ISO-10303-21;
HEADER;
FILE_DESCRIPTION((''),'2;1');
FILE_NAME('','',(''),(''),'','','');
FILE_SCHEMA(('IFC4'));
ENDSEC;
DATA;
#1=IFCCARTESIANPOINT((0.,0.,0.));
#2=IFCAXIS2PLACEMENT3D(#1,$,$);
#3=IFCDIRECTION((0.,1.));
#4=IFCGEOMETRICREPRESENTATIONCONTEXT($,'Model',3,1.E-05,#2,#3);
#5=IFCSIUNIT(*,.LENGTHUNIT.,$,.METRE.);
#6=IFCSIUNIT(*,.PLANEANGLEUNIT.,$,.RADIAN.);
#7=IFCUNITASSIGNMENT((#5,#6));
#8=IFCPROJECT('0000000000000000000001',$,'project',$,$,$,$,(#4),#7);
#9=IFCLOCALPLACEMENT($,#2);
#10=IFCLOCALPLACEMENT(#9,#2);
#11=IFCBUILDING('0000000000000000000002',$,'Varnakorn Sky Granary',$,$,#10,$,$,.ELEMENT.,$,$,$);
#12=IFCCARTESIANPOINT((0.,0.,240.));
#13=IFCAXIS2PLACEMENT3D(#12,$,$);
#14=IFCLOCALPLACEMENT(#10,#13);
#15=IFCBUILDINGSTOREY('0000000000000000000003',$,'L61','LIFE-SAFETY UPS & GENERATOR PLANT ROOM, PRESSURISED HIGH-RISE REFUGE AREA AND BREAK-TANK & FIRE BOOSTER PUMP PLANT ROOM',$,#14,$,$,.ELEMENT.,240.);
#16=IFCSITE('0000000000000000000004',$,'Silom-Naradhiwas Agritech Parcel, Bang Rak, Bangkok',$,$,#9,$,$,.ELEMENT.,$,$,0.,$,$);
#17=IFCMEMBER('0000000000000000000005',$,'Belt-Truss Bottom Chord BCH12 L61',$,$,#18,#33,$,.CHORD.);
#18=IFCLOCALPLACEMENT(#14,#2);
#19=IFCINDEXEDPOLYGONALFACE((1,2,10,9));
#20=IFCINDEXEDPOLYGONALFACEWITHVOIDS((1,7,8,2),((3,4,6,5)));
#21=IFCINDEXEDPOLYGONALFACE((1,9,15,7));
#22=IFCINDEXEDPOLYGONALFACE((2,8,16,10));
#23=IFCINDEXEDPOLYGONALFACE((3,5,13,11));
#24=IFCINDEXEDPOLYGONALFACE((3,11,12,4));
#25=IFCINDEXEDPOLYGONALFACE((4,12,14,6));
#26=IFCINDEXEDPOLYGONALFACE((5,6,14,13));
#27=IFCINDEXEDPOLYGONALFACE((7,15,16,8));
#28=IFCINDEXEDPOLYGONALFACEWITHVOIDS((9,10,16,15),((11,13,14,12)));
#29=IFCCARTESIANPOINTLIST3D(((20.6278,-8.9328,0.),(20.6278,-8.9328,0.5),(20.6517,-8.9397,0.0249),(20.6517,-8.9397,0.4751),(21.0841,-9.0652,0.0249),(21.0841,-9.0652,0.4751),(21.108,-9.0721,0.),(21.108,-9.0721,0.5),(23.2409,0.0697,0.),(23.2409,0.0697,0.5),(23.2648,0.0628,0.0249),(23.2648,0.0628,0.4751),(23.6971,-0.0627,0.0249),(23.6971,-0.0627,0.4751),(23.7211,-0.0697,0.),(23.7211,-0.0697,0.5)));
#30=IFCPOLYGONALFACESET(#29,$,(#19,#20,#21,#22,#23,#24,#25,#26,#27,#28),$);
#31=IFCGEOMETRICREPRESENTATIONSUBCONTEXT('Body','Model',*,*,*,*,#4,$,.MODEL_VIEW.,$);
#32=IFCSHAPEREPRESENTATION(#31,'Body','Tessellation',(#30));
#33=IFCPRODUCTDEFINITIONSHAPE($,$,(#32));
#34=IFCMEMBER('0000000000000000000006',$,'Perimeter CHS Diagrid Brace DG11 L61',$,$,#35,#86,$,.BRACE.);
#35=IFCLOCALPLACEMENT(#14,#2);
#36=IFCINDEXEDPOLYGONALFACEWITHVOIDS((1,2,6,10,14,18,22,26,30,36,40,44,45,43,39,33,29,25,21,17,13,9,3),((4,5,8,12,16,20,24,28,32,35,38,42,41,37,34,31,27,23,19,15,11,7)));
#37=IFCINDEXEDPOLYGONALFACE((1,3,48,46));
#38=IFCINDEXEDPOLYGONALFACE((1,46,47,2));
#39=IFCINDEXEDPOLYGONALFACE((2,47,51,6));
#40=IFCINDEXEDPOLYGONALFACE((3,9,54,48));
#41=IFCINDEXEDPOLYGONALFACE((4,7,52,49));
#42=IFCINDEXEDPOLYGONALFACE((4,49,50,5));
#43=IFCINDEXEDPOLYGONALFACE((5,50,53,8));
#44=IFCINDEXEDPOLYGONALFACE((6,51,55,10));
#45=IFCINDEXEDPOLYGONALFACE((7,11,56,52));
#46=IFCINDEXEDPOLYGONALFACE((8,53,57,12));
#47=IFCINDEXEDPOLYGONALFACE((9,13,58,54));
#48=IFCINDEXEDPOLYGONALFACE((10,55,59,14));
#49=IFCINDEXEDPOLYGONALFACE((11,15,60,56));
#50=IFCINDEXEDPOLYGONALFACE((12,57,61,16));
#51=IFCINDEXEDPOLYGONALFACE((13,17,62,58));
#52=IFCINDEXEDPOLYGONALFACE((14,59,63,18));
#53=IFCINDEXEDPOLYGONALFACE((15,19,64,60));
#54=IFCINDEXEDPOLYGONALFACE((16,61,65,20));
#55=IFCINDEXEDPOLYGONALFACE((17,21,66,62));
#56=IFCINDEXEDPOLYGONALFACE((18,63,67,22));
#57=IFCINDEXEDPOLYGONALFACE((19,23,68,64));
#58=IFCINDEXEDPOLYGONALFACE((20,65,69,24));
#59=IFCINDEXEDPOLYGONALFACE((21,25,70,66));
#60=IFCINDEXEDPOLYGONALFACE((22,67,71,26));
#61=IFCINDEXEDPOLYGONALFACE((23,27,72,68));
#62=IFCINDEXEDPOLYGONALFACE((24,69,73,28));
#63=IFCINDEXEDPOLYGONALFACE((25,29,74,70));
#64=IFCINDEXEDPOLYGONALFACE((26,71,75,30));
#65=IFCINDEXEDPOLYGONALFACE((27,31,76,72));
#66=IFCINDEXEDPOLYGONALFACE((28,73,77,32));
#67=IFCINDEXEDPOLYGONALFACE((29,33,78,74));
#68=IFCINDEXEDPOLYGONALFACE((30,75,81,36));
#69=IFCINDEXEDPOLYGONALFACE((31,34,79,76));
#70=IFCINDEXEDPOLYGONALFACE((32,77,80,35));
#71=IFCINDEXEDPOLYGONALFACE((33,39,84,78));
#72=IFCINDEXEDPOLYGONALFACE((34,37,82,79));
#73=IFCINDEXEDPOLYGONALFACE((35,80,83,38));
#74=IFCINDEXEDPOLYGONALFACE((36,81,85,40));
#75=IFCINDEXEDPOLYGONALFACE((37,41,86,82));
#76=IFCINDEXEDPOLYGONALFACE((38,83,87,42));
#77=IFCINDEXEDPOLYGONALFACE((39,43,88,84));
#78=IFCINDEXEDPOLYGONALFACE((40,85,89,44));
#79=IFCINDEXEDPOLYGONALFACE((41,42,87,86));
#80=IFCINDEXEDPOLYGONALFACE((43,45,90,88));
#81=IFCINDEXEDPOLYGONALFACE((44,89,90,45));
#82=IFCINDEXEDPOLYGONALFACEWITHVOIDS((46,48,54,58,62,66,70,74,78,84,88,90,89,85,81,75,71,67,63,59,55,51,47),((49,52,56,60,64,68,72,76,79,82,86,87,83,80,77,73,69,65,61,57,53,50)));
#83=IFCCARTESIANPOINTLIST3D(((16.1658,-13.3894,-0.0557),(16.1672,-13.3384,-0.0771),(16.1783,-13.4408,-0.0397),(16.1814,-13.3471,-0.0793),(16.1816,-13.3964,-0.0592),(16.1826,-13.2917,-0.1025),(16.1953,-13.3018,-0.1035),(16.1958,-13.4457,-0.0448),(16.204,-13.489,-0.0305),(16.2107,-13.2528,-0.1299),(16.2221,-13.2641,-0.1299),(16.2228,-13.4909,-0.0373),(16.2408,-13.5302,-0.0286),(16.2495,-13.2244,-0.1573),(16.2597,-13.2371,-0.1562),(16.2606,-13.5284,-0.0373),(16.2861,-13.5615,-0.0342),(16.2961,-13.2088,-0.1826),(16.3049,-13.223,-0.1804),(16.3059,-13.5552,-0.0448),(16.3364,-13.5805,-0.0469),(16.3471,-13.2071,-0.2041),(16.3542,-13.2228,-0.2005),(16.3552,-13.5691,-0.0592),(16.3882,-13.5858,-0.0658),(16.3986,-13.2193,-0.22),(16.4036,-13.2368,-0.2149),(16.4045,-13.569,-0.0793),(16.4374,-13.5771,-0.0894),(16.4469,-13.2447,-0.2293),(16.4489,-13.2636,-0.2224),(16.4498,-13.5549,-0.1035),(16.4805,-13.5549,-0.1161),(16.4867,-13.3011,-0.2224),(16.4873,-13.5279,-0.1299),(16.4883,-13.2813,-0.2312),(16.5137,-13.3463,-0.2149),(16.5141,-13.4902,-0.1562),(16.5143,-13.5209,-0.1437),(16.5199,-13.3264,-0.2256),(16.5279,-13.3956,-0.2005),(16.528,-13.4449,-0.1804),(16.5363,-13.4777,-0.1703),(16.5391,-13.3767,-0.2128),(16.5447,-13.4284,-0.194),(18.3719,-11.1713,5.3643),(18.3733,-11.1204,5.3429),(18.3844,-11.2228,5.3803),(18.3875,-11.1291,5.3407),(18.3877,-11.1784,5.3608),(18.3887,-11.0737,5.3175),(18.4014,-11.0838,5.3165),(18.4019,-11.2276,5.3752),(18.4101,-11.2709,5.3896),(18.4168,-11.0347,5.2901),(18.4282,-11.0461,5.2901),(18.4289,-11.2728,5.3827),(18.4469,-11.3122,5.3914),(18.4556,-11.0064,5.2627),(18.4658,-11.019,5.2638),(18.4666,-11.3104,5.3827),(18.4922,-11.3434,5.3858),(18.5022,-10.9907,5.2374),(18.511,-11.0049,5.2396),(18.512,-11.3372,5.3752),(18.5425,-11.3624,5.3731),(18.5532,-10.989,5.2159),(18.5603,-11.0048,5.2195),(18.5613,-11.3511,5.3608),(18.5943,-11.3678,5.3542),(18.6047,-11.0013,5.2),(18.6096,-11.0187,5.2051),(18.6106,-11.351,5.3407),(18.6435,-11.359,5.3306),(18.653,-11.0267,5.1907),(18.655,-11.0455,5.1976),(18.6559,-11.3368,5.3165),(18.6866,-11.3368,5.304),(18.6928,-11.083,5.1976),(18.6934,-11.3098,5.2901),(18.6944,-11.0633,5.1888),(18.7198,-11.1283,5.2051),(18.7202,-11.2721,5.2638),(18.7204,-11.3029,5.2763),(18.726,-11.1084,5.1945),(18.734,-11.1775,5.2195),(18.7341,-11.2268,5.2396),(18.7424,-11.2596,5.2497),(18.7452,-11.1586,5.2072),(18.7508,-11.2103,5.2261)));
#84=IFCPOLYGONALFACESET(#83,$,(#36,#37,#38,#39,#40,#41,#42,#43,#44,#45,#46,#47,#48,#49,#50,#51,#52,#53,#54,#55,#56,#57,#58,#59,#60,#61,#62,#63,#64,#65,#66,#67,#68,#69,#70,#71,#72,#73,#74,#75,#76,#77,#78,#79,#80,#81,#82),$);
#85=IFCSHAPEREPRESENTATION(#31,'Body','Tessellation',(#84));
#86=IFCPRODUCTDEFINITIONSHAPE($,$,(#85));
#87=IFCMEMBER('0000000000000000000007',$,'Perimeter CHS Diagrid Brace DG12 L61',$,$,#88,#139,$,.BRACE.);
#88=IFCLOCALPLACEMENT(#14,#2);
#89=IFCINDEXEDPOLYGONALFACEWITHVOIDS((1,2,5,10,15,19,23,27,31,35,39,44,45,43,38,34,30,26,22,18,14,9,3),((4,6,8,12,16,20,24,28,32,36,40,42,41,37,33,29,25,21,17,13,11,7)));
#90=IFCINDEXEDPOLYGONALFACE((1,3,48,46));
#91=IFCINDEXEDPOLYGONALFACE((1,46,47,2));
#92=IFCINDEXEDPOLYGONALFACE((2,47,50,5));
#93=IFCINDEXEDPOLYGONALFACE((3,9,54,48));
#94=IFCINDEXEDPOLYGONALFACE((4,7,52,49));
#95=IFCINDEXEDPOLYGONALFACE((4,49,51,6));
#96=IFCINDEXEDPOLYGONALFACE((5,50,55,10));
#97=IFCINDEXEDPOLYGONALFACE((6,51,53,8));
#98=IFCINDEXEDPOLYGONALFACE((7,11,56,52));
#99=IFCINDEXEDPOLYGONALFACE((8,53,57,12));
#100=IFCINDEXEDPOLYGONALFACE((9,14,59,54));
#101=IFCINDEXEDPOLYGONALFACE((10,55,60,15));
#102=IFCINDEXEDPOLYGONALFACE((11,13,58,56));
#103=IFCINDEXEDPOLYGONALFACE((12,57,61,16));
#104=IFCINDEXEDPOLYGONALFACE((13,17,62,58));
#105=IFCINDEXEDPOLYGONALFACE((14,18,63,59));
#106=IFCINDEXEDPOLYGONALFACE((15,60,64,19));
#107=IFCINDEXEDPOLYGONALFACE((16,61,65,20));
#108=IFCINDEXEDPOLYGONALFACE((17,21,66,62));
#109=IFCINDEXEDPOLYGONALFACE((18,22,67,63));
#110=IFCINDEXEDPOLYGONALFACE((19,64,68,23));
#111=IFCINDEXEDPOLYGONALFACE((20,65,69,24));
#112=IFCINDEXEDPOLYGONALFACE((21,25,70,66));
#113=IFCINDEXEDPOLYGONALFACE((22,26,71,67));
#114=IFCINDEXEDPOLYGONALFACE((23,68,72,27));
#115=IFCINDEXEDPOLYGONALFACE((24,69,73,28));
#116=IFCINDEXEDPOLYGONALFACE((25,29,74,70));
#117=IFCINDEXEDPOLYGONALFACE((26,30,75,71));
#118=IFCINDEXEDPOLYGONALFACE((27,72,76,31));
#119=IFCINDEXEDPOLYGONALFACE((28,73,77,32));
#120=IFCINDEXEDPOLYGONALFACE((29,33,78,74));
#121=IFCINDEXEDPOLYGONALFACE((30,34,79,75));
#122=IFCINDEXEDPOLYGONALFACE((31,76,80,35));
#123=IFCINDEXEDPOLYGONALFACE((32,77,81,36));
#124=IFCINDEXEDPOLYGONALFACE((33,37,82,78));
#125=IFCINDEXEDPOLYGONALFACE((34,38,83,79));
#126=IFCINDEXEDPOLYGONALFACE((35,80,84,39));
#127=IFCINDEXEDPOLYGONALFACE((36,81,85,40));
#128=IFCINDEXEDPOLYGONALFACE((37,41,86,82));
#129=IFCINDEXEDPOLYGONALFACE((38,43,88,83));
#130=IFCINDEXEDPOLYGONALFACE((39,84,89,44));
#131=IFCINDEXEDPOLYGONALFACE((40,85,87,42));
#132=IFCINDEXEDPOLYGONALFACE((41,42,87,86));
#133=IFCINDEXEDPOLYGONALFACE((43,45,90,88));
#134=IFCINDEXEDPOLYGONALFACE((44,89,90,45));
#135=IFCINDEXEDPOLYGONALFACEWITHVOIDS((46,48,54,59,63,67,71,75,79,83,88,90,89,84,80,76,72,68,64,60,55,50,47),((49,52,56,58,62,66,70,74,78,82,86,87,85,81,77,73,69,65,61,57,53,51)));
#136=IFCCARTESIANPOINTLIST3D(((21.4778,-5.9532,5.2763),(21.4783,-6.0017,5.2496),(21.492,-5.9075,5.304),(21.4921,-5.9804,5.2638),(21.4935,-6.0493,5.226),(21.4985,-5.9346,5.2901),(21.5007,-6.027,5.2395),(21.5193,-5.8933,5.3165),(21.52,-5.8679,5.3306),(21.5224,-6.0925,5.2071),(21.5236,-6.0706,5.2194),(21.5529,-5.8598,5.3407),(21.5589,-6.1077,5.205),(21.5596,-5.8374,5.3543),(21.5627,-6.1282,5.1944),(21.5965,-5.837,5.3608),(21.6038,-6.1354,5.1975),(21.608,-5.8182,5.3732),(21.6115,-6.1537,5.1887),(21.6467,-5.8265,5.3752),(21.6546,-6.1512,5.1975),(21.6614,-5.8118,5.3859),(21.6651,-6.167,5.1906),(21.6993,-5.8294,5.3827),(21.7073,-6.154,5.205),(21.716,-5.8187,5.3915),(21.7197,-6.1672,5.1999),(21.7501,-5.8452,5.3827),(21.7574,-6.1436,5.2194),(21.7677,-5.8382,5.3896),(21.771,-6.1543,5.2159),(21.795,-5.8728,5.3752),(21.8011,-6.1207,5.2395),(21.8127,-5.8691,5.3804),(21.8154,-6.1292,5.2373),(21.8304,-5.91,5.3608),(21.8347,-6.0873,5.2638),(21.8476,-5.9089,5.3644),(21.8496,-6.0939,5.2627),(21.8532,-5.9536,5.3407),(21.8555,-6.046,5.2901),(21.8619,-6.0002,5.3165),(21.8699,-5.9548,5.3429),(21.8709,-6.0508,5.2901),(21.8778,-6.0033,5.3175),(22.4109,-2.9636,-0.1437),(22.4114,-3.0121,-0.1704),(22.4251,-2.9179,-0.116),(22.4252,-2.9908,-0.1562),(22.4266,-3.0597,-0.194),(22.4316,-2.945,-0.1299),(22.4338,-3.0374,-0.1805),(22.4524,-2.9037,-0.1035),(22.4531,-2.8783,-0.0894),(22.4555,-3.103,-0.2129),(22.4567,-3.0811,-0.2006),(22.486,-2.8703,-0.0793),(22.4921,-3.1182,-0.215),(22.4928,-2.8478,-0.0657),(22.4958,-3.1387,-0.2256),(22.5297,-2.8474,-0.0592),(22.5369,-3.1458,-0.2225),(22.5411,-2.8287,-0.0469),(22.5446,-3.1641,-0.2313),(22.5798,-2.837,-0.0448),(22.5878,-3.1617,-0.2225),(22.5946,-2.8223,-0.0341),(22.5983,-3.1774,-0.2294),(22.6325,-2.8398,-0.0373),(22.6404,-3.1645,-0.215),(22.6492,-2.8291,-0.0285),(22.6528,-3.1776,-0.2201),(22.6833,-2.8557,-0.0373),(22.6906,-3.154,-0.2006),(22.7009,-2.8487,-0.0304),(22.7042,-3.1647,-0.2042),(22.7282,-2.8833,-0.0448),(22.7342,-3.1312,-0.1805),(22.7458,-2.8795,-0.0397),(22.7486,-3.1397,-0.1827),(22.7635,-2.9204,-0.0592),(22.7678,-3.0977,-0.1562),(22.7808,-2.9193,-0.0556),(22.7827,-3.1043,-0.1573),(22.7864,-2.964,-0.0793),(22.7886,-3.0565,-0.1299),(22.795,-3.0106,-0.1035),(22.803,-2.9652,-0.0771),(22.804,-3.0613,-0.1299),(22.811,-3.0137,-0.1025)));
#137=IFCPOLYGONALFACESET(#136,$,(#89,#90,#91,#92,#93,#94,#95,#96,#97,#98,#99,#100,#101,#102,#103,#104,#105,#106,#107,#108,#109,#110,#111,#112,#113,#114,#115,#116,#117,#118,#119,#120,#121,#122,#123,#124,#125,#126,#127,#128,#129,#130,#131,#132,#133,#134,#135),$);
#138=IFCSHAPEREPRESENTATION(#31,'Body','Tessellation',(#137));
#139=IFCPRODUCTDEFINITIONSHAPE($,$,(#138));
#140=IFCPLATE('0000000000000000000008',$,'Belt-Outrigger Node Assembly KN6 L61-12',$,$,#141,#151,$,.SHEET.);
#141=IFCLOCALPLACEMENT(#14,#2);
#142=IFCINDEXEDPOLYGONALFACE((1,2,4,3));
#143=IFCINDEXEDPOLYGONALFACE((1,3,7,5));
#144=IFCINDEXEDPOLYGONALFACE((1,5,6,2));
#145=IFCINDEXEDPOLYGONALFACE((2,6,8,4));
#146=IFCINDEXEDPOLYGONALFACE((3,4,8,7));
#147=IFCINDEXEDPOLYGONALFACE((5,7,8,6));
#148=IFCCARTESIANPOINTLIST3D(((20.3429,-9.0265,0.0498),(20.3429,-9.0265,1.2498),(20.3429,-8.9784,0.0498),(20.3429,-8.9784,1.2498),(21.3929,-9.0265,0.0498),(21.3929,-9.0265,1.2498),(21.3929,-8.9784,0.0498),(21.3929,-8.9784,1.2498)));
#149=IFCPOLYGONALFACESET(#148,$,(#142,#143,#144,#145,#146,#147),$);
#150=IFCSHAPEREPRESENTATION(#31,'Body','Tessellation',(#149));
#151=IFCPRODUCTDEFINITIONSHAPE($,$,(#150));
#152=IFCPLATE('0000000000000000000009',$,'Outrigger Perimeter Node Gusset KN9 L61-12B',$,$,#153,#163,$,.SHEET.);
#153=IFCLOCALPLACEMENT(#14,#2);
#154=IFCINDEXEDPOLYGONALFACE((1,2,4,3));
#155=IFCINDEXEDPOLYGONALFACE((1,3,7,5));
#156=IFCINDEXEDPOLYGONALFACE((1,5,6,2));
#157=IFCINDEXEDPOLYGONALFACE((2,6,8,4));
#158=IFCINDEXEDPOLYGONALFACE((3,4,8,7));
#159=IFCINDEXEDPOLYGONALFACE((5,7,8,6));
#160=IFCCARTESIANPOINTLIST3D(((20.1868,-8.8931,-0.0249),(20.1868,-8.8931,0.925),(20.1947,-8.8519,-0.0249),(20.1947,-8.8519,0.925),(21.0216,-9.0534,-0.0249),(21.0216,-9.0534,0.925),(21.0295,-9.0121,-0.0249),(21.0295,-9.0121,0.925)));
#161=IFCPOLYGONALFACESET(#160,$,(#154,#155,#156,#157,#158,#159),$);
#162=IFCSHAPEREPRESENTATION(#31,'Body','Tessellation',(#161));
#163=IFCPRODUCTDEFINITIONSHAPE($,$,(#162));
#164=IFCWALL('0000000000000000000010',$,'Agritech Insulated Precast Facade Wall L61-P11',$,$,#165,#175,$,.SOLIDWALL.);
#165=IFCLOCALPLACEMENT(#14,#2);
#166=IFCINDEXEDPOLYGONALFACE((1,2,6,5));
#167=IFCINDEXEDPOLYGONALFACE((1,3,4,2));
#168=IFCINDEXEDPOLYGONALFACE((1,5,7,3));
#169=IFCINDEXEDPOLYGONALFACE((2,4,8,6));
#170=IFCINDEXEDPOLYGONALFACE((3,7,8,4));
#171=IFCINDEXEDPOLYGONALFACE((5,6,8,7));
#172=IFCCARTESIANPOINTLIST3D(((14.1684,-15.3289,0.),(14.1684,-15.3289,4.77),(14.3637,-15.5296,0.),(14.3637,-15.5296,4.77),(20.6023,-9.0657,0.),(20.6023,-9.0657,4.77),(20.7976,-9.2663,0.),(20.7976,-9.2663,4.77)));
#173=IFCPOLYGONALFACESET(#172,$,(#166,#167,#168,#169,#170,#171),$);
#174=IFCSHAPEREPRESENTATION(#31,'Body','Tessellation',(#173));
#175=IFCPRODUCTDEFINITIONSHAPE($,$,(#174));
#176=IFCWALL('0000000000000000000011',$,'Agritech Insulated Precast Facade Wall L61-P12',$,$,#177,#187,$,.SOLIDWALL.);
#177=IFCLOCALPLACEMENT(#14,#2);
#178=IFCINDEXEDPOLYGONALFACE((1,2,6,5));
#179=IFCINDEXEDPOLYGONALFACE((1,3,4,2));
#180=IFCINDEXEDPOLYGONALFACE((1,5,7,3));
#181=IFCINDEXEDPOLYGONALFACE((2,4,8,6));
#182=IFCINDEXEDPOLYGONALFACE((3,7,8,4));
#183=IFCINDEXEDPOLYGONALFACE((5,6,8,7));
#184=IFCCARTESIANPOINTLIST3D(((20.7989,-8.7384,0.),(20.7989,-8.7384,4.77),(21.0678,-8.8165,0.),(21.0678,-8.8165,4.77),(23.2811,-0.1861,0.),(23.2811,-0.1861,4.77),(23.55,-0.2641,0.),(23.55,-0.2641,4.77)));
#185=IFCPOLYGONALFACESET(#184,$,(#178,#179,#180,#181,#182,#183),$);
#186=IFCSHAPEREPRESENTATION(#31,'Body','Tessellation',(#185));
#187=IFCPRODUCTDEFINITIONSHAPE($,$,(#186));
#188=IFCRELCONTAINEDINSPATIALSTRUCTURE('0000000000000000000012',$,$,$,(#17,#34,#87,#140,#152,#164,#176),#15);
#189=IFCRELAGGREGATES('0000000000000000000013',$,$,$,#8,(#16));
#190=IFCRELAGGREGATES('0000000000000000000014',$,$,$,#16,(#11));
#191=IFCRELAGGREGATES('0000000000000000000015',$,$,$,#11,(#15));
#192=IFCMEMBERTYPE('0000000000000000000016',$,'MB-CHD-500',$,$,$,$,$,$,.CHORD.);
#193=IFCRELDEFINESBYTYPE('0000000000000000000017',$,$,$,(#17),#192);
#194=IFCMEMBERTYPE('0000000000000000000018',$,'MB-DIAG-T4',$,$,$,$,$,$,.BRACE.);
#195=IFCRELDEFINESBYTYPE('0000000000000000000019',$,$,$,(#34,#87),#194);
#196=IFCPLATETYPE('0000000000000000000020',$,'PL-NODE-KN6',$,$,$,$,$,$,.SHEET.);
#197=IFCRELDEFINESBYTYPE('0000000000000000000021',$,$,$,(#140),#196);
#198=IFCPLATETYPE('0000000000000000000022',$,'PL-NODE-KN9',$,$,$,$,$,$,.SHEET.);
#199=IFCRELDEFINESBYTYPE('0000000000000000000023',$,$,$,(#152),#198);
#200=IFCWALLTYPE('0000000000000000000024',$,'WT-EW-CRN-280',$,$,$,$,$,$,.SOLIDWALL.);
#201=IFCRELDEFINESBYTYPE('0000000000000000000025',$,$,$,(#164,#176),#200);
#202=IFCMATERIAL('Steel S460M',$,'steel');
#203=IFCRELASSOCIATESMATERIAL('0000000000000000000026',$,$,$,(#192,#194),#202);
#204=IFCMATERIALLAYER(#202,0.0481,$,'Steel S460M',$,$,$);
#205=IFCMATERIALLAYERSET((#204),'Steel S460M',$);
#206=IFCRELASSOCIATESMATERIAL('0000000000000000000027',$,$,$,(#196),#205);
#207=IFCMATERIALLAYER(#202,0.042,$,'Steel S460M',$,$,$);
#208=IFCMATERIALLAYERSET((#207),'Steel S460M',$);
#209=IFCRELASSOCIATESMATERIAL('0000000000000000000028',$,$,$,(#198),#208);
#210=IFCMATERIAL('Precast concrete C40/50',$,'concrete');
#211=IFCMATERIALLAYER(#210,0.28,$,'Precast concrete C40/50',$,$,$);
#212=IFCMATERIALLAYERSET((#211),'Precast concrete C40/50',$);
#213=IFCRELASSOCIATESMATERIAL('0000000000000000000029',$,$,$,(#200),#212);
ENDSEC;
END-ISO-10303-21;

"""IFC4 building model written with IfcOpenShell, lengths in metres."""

from ifc_helpers import new_model, si_unit, direction, frame, frame_2d, origin, origin_2d, place, context, subcontext, project, spatial, rectangle, hollow_rectangle, hollow_circle, extrude, material, layer, layer_set, material_profile, profile_set, type_object, element, save


model = new_model("IFC4")

# Units and contexts
model_context = context("Model", 3, precision=1e-05, world=origin(), true_north=direction((0.0, 1.0)))
body_context = subcontext(model_context, "Body", "Model", "MODEL_VIEW")
ifc_project = project(units=[si_unit("LENGTHUNIT", "METRE"), si_unit("PLANEANGLEUNIT", "RADIAN")], contexts=[model_context])

# Site, building, storey
site_placement = place(None, origin())
site = spatial("IfcSite", under=ifc_project, at=site_placement, Name="Silom-Naradhiwas Agritech Parcel, Bang Rak, Bangkok", CompositionType="ELEMENT", RefElevation=0.0)
building_placement = place(site_placement, origin())
building = spatial("IfcBuilding", under=site, at=building_placement, Name="Varnakorn Sky Granary", CompositionType="ELEMENT")
storey_placement = place(building_placement, frame((0.0, 0.0, 240.0)))
storey = spatial("IfcBuildingStorey", under=building, at=storey_placement, Name="L61", Description="LIFE-SAFETY UPS & GENERATOR PLANT ROOM, PRESSURISED HIGH-RISE REFUGE AREA AND BREAK-TANK & FIRE BOOSTER PUMP PLANT ROOM", CompositionType="ELEMENT", Elevation=240.0)

# Shared definitions
ifc_material_1 = material(Name="Steel S460M", Category="steel")

# Members
ifc_material_profile_1 = material_profile(ifc_material_1, hollow_rectangle(XDim=0.5, YDim=0.5, WallThickness=0.0249, at=origin_2d()), Name="SHS 500x500x25")
ifc_profile_set_1 = profile_set([ifc_material_profile_1], Name="Steel S460M")
member_type_1 = type_object("IfcMemberType", Name="MB-CHD-500", PredefinedType="CHORD", material=ifc_profile_set_1)
member_1_placement = place(storey_placement, frame((20.8679, -9.0024, 0.25), z_axis=(0.278754, 0.960363, 0.0), x_axis=(-0.960363, 0.278754, 0.0)))
element("IfcMember", 1, at=member_1_placement, inside=storey, type_object=member_type_1, Name="Belt-Truss Bottom Chord BCH12 L61", PredefinedType="CHORD", context=body_context, shape_type="SweptSolid", body=[
    extrude(hollow_rectangle(XDim=0.5, YDim=0.5, WallThickness=0.0249, at=origin_2d()), origin(), (0.0, 0.0, 1.0), 9.374),
])
ifc_material_profile_2 = material_profile(ifc_material_1, hollow_circle(Radius=0.2031, WallThickness=0.0161, at=origin_2d()), Name="CHS 406.4x16")
ifc_profile_set_2 = profile_set([ifc_material_profile_2], Name="Steel S460M")
member_type_2 = type_object("IfcMemberType", Name="MB-DIAG-T4", PredefinedType="BRACE", material=ifc_profile_set_2)
member_2_placement = place(storey_placement, frame((16.3547, -13.396, -0.1299), z_axis=(0.352521, 0.354432, 0.866087), x_axis=(-0.709016, 0.705192, 0.0)))
element("IfcMember", 2, at=member_2_placement, inside=storey, type_object=member_type_2, Name="Perimeter CHS Diagrid Brace DG11 L61", PredefinedType="BRACE", context=body_context, shape_type="SweptSolid", body=[
    extrude(hollow_circle(Radius=0.2031, WallThickness=0.0161, at=origin_2d()), origin(), (0.0, 0.0, 1.0), 6.2581),
])
member_3_placement = place(storey_placement, frame((22.6101, -3.0007, -0.1299), z_axis=(-0.149066, -0.477582, 0.865849), x_axis=(0.954581, -0.297951, 0.0)))
element("IfcMember", 3, at=member_3_placement, inside=storey, type_object=member_type_2, Name="Perimeter CHS Diagrid Brace DG12 L61", PredefinedType="BRACE", context=body_context, shape_type="SweptSolid", body=[
    extrude(hollow_circle(Radius=0.2031, WallThickness=0.0161, at=origin_2d()), origin(), (0.0, 0.0, 1.0), 6.2598),
])

# Plates
ifc_layer_1 = layer(ifc_material_1, 0.0481, Name="Steel S460M")
ifc_layer_set_1 = layer_set([ifc_layer_1], Name="Steel S460M")
plate_type_1 = type_object("IfcPlateType", Name="PL-NODE-KN6", PredefinedType="SHEET", material=ifc_layer_set_1)
plate_1_placement = place(storey_placement, frame((20.8679, -9.0024, 0.0498), z_axis=(0.0, 0.0, 1.0), x_axis=(1.0, 0.0, 0.0)))
element("IfcPlate", 4, at=plate_1_placement, inside=storey, type_object=plate_type_1, Name="Belt-Outrigger Node Assembly KN6 L61-12", PredefinedType="SHEET", context=body_context, shape_type="SweptSolid", body=[
    extrude(rectangle(XDim=1.05, YDim=0.0481, at=origin_2d()), origin(), (0.0, 0.0, 1.0), 1.2),
])
ifc_layer_2 = layer(ifc_material_1, 0.042, Name="Steel S460M")
ifc_layer_set_2 = layer_set([ifc_layer_2], Name="Steel S460M")
plate_type_2 = type_object("IfcPlateType", Name="PL-NODE-KN9", PredefinedType="SHEET", material=ifc_layer_set_2)
plate_2_placement = place(storey_placement, frame((20.6082, -8.9526, -0.0249), z_axis=(0.0, 0.0, 1.0), x_axis=(0.982077, -0.188481, 0.0)))
element("IfcPlate", 5, at=plate_2_placement, inside=storey, type_object=plate_type_2, Name="Outrigger Perimeter Node Gusset KN9 L61-12B", PredefinedType="SHEET", context=body_context, shape_type="SweptSolid", body=[
    extrude(rectangle(XDim=0.8501, YDim=0.042, at=origin_2d()), origin(), (0.0, 0.0, 1.0), 0.95),
])

# Walls
ifc_material_2 = material(Name="Precast concrete C40/50", Category="concrete")
ifc_layer_3 = layer(ifc_material_2, 0.28, Name="Precast concrete C40/50")
ifc_layer_set_3 = layer_set([ifc_layer_3], Name="Precast concrete C40/50")
wall_type_1 = type_object("IfcWallType", Name="WT-EW-CRN-280", PredefinedType="SOLIDWALL", material=ifc_layer_set_3)
wall_1_placement = place(storey_placement, frame((20.7, -9.166, 0.0), z_axis=(0.0, 0.0, 1.0), x_axis=(-0.716546, -0.69754, 0.0)))
element("IfcWall", 6, at=wall_1_placement, inside=storey, type_object=wall_type_1, Name="Agritech Insulated Precast Facade Wall L61-P11", PredefinedType="SOLIDWALL", context=body_context, shape_type="SweptSolid", body=[
    extrude(rectangle(XDim=8.979, YDim=0.28, at=frame_2d((4.4895, 0.0))), origin(), (0.0, 0.0, 1.0), 4.77),
])
wall_2_placement = place(storey_placement, frame((23.4155, -0.2251, 0.0), z_axis=(0.0, 0.0, 1.0), x_axis=(-0.278734, -0.960368, 0.0)))
element("IfcWall", 7, at=wall_2_placement, inside=storey, type_object=wall_type_1, Name="Agritech Insulated Precast Facade Wall L61-P12", PredefinedType="SOLIDWALL", context=body_context, shape_type="SweptSolid", body=[
    extrude(rectangle(XDim=8.9053, YDim=0.28, at=frame_2d((4.4526, 0.0))), origin(), (0.0, 0.0, 1.0), 4.77),
])

save(model, "model.ifc")
